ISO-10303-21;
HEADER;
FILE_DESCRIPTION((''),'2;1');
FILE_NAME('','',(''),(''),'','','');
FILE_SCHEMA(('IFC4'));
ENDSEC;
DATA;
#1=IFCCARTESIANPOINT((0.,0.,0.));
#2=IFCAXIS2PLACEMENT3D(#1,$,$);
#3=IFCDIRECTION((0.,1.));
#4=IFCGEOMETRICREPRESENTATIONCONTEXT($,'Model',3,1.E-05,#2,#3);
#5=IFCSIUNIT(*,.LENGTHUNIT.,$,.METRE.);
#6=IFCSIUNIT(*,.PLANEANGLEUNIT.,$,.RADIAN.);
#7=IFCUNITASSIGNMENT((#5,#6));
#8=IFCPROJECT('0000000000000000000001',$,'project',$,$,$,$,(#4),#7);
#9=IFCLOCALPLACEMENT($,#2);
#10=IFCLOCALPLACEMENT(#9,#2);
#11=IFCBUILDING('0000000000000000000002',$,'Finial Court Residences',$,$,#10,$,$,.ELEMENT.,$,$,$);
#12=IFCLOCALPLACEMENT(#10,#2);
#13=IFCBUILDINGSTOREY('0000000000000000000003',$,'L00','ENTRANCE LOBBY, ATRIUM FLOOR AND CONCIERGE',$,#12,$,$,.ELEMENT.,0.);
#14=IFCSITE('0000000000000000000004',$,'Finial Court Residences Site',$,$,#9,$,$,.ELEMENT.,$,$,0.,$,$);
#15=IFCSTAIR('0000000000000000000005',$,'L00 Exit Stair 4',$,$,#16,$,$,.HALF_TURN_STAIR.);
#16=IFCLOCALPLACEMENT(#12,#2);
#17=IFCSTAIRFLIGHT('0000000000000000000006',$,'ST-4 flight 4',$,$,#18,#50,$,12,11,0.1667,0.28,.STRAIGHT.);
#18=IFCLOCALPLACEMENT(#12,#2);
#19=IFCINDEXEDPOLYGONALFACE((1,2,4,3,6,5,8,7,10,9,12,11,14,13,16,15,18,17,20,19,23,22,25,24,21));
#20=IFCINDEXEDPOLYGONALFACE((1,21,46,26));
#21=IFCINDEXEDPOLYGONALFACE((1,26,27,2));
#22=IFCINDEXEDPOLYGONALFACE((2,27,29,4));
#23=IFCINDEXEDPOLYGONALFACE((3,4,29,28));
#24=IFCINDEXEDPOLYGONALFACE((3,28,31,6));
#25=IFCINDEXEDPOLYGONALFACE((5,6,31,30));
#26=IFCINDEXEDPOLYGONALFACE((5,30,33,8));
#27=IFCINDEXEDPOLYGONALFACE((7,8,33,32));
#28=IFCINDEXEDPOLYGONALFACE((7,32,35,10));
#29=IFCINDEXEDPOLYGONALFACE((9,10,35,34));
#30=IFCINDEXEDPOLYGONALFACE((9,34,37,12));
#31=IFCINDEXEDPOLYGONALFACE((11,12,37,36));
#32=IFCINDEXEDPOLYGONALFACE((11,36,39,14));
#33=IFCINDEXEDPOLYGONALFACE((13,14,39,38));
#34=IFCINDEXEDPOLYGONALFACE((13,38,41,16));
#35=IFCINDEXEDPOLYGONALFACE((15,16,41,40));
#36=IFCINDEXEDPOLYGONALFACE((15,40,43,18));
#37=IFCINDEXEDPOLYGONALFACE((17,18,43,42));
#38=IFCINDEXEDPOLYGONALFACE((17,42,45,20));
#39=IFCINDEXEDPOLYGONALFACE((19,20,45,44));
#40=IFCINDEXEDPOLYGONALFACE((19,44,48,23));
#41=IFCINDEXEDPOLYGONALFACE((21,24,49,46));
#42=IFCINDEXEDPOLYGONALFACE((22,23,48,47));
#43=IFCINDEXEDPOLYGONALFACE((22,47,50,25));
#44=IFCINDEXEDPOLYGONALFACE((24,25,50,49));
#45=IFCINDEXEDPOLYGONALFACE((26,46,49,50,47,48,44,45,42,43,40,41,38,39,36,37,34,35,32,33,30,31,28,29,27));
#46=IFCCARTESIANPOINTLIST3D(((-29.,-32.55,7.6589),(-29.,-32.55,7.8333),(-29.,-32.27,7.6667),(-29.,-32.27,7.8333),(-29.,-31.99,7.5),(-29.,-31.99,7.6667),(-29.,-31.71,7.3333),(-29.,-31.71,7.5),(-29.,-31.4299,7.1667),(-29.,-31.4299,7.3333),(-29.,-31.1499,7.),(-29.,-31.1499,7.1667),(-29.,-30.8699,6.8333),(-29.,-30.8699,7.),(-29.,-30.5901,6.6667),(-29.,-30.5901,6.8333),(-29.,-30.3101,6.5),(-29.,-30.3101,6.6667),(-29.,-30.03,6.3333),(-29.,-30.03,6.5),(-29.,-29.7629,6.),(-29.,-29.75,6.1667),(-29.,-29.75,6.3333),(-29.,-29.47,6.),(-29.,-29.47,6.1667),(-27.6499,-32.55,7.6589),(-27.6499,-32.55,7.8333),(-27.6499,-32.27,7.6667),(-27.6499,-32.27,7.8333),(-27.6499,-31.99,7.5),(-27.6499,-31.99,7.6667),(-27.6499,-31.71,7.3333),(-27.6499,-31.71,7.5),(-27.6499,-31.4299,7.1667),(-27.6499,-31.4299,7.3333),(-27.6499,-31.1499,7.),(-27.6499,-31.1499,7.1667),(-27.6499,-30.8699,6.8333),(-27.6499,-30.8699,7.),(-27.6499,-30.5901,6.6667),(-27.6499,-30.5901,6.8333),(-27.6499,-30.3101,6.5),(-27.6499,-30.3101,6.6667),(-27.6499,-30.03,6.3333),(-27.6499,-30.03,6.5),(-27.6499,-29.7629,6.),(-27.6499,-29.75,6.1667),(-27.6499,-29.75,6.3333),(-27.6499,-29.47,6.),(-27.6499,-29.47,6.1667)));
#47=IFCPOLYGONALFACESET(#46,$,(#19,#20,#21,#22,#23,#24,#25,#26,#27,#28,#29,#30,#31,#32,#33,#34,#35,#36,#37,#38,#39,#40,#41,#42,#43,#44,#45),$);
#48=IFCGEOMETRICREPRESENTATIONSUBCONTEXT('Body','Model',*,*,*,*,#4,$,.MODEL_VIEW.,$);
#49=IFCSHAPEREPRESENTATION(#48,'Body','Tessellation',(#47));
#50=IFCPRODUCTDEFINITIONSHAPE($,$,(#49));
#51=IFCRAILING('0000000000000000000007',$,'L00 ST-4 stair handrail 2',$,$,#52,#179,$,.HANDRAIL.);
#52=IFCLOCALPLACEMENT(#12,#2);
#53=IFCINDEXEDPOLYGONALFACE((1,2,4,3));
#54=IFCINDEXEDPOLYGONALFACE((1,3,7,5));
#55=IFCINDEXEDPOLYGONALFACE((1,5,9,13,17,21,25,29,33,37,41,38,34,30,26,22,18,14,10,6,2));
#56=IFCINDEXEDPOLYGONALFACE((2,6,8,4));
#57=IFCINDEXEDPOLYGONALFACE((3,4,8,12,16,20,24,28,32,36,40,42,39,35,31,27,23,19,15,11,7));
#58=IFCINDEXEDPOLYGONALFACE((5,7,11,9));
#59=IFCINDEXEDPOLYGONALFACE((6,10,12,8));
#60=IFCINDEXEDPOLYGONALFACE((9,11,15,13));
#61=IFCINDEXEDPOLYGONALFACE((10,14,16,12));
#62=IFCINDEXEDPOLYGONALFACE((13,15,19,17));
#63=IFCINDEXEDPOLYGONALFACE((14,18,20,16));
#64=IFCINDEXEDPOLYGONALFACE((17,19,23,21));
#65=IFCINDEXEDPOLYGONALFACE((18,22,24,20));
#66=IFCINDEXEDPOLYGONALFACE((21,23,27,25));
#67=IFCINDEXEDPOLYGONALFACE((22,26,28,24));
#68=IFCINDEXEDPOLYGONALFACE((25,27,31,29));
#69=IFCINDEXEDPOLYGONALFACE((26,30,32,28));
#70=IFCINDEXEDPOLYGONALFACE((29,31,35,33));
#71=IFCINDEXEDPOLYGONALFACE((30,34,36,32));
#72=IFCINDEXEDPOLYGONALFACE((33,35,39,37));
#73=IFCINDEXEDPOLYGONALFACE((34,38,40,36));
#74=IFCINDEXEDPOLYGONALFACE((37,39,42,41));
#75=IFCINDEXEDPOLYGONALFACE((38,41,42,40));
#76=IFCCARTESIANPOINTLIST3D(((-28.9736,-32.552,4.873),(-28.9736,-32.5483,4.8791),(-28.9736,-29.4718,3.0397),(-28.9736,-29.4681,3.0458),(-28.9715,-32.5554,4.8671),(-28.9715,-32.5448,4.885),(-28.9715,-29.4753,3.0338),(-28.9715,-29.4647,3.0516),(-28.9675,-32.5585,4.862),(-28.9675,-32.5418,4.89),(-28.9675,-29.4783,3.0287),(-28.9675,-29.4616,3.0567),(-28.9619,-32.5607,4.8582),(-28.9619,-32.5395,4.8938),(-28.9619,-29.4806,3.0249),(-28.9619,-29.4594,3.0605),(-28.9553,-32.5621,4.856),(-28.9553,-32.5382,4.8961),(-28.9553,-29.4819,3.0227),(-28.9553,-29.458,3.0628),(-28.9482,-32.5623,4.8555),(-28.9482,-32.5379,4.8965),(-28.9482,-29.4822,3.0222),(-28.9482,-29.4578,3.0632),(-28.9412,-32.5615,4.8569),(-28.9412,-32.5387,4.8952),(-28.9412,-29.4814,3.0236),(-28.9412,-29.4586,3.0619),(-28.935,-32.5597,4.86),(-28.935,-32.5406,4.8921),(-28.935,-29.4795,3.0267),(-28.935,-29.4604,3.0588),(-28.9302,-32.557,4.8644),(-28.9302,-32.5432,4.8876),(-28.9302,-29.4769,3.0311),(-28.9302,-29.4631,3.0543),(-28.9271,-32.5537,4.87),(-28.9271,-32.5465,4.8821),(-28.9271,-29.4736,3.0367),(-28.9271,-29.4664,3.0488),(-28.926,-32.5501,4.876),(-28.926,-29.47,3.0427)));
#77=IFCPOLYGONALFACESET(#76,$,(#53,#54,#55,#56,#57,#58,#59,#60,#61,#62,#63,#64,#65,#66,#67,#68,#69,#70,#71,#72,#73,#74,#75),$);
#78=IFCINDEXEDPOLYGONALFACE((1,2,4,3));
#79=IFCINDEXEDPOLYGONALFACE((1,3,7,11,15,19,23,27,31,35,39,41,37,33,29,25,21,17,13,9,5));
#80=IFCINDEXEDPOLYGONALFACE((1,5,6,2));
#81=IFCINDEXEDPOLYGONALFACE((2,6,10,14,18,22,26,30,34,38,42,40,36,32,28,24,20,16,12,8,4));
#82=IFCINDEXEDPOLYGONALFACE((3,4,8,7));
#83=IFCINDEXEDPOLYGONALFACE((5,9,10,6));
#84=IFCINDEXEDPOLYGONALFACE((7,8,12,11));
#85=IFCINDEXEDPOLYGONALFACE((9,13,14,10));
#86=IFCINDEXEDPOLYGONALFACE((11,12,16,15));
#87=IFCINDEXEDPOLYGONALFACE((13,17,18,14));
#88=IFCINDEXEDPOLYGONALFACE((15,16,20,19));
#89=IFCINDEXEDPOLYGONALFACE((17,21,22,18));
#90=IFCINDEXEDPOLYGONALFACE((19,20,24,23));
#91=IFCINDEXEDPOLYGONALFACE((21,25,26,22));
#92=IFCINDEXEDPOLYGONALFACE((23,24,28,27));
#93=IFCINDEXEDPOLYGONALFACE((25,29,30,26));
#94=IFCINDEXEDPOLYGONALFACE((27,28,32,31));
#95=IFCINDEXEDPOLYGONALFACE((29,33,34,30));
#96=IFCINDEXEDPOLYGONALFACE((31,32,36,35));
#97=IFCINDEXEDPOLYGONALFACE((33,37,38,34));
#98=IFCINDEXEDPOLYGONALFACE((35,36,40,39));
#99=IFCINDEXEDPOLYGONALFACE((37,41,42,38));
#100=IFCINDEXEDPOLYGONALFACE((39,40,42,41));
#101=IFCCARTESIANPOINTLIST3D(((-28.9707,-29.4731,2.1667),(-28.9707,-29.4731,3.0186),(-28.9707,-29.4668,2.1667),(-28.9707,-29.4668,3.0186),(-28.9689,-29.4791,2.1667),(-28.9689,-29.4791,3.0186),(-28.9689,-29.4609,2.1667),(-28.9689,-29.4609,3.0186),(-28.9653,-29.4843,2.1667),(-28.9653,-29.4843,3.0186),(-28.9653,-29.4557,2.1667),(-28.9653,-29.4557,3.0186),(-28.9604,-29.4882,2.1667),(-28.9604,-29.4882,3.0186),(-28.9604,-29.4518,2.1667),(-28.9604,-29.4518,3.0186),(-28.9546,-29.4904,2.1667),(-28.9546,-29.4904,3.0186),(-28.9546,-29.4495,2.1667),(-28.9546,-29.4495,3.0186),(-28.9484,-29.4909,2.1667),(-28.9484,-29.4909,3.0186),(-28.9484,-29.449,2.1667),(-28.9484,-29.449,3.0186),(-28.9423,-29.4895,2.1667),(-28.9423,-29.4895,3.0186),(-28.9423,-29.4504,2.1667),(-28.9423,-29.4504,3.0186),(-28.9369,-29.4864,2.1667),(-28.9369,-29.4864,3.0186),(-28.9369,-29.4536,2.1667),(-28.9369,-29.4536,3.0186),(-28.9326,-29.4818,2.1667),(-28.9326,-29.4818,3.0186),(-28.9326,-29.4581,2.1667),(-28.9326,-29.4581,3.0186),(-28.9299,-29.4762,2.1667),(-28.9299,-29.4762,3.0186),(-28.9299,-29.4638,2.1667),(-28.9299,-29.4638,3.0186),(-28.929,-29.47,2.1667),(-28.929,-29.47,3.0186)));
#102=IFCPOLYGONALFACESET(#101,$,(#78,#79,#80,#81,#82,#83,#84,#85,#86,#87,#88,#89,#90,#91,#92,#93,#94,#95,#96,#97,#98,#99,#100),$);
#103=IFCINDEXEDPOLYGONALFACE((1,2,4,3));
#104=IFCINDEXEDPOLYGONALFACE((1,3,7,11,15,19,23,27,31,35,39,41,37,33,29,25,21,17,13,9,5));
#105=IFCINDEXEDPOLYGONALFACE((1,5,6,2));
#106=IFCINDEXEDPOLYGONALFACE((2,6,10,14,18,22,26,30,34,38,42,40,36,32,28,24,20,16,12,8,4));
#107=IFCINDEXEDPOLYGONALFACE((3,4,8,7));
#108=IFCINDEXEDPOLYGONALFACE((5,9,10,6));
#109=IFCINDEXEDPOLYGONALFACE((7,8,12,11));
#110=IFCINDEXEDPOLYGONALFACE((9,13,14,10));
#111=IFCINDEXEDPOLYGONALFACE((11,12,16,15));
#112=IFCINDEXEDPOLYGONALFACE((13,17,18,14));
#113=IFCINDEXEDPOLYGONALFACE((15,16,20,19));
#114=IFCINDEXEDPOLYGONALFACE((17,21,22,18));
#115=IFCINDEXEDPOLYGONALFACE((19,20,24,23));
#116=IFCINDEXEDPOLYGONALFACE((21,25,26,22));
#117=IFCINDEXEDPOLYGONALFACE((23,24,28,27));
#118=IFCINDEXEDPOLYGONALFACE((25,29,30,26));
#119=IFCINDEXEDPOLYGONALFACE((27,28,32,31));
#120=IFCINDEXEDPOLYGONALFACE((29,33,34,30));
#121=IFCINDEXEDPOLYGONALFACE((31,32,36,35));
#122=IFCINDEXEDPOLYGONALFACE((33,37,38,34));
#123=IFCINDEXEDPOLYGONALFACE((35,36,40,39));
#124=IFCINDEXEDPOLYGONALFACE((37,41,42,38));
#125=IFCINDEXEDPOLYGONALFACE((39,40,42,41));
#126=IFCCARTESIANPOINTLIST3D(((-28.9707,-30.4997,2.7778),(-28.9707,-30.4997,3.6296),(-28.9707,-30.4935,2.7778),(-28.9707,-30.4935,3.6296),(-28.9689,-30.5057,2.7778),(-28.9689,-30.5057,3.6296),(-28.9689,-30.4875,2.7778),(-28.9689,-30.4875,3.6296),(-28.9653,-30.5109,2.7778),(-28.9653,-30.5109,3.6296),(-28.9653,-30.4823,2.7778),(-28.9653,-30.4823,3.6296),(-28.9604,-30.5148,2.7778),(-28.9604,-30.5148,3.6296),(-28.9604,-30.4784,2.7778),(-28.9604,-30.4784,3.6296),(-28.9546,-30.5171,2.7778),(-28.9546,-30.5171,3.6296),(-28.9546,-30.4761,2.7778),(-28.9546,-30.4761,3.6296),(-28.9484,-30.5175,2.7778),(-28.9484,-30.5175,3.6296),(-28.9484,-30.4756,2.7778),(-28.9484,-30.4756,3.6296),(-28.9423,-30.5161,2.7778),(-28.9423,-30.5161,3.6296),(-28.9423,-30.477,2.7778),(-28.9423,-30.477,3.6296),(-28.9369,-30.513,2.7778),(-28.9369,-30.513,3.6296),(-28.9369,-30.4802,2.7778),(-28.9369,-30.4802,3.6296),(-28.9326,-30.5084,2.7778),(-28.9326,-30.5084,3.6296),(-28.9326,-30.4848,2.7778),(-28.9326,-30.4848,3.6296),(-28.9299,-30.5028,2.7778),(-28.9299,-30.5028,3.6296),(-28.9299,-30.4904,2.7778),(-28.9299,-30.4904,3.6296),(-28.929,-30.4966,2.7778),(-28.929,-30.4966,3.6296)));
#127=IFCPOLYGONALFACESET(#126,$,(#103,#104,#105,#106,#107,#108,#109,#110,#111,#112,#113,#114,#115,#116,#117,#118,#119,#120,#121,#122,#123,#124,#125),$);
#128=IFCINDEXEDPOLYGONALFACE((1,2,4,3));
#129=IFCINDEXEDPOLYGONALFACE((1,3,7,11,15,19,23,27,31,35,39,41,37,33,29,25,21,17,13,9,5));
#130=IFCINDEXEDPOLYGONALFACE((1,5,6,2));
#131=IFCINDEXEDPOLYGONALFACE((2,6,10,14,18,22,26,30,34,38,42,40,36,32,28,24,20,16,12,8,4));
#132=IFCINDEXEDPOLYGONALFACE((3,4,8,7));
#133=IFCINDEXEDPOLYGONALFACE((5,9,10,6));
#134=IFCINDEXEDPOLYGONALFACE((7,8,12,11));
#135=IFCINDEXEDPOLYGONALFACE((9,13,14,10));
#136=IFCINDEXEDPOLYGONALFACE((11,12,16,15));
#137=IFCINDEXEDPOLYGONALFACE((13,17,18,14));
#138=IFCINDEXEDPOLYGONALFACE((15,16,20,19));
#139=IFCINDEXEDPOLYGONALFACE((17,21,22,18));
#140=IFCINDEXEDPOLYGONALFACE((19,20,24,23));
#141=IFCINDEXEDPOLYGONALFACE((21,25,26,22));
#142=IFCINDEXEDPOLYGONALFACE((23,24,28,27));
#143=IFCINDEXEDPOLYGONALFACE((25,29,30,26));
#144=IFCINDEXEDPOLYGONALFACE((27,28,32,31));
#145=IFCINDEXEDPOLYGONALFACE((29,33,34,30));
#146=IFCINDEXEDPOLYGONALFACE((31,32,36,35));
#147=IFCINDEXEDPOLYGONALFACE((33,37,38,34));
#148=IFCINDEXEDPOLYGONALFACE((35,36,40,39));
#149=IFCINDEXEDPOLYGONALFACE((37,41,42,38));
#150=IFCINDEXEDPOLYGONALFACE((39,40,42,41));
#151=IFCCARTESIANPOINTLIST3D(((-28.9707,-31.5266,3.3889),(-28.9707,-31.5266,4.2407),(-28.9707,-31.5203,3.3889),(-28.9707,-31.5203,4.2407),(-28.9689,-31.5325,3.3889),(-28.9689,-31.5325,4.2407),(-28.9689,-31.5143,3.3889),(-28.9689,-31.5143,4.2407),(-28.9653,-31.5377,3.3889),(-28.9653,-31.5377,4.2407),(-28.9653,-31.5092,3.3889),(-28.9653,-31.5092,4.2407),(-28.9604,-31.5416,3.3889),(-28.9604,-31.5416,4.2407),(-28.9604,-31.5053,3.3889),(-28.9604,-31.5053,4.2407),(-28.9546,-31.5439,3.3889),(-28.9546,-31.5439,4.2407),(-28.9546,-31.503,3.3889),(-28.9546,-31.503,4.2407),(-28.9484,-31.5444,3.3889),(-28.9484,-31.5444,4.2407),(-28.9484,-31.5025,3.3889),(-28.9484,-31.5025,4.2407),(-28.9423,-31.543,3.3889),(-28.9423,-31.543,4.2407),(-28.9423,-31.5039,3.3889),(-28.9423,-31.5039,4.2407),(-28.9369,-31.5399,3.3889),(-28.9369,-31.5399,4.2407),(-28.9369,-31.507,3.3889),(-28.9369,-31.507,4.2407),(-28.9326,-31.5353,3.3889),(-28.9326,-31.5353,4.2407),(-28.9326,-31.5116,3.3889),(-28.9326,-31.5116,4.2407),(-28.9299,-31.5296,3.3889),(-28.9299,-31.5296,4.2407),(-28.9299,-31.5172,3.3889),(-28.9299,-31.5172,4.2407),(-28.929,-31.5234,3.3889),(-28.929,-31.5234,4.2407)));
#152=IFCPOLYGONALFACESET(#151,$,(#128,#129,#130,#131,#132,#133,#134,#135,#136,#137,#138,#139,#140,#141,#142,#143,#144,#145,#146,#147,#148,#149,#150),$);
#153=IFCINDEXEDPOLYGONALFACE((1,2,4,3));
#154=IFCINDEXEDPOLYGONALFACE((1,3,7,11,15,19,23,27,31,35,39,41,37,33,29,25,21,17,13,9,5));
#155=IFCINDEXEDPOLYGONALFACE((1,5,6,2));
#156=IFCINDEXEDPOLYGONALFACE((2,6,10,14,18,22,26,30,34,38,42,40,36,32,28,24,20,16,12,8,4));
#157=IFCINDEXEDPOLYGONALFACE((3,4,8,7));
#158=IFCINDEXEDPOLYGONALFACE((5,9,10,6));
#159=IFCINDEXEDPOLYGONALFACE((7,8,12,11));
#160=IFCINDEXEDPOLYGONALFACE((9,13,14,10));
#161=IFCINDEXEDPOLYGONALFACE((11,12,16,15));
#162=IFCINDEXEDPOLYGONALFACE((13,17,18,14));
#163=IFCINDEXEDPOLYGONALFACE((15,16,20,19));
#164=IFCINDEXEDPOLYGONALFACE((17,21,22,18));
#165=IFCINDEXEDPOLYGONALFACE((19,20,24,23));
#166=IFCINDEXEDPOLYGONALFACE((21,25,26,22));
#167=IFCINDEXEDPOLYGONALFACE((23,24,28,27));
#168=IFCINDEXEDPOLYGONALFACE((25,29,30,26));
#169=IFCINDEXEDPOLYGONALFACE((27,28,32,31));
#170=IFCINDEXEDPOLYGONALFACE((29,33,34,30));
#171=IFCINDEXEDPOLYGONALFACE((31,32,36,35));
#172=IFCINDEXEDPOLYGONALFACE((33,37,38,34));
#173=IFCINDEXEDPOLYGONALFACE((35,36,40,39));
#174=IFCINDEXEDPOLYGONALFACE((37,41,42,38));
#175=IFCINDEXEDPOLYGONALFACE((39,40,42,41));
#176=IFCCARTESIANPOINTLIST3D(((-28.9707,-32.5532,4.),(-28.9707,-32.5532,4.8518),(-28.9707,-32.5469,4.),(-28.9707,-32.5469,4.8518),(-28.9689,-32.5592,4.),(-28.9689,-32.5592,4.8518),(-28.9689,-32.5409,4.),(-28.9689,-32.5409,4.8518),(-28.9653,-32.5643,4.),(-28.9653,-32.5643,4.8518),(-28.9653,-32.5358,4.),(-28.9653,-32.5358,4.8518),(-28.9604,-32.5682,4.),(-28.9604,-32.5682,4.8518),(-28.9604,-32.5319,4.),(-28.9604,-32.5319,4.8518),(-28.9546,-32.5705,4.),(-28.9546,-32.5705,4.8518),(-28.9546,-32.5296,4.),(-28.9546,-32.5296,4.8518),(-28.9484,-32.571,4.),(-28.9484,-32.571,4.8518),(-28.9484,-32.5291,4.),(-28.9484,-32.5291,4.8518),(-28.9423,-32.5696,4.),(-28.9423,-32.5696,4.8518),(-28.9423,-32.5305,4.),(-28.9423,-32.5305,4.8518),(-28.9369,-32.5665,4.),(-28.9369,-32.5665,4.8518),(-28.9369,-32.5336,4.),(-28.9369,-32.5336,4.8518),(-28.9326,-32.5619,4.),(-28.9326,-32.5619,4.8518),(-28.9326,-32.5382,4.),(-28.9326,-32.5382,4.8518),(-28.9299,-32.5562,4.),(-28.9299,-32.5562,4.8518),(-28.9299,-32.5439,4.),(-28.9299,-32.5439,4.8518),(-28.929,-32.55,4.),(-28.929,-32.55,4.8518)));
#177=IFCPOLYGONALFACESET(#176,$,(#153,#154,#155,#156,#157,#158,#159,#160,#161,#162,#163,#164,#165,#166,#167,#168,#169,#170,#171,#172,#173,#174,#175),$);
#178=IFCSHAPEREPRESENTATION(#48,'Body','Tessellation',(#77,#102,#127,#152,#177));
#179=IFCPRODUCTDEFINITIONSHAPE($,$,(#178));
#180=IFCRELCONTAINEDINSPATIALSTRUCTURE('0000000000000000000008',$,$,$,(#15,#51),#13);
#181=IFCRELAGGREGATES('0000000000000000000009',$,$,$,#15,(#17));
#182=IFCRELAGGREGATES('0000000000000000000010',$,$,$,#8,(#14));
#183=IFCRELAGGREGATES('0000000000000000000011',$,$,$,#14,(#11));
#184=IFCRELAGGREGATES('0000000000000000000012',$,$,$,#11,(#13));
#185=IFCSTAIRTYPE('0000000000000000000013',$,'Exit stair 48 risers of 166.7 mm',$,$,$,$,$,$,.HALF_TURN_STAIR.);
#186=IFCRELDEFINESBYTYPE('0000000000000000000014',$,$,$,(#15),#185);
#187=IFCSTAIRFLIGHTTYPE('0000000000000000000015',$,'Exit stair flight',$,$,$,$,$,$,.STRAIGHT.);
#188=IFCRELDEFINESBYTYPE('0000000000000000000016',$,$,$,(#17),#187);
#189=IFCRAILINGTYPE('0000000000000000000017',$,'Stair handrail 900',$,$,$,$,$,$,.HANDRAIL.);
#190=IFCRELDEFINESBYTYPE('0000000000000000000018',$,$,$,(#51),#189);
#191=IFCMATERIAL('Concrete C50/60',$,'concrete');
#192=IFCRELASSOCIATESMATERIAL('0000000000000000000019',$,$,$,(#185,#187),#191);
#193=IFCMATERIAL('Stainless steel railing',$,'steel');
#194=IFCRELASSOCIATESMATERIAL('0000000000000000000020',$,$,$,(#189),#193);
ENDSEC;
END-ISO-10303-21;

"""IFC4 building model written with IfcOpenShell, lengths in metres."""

from ifc_helpers import new_model, si_unit, direction, frame, origin, origin_2d, place, context, subcontext, project, spatial, polyline, circle, outline, extrude, material, type_object, element, aggregate, save


model = new_model("IFC4")

# Units and contexts
model_context = context("Model", 3, precision=1e-05, world=origin(), true_north=direction((0.0, 1.0)))
body_context = subcontext(model_context, "Body", "Model", "MODEL_VIEW")
ifc_project = project(units=[si_unit("LENGTHUNIT", "METRE"), si_unit("PLANEANGLEUNIT", "RADIAN")], contexts=[model_context])

# Site, building, storey
site_placement = place(None, origin())
site = spatial("IfcSite", under=ifc_project, at=site_placement, Name="Finial Court Residences Site", CompositionType="ELEMENT", RefElevation=0.0)
building_placement = place(site_placement, origin())
building = spatial("IfcBuilding", under=site, at=building_placement, Name="Finial Court Residences", CompositionType="ELEMENT")
storey_placement = place(building_placement, origin())
storey = spatial("IfcBuildingStorey", under=building, at=storey_placement, Name="L00", Description="ENTRANCE LOBBY, ATRIUM FLOOR AND CONCIERGE", CompositionType="ELEMENT", Elevation=0.0)

# Shared definitions
ifc_material_1 = material(Name="Concrete C50/60", Category="concrete")

# Stair, stair flight
stair_type = type_object("IfcStairType", Name="Exit stair 48 risers of 166.7 mm", PredefinedType="HALF_TURN_STAIR", material=ifc_material_1)
stair_placement = place(storey_placement, origin())
stair = element("IfcStair", 1, at=stair_placement, inside=storey, type_object=stair_type, Name="L00 Exit Stair 4", PredefinedType="HALF_TURN_STAIR")
stair_flight_type = type_object("IfcStairFlightType", Name="Exit stair flight", PredefinedType="STRAIGHT", material=ifc_material_1)
stair_flight_1_placement = place(storey_placement, frame((-28.325, -29.47, 6.0), z_axis=(0.0, 0.0, 1.0), x_axis=(0.0, -1.0, 0.0)))
stair_flight_1 = element("IfcStairFlight", 2, at=stair_flight_1_placement, type_object=stair_flight_type, Name="ST-4 flight 4", NumberOfRisers=12, NumberOfTreads=11, PredefinedType="STRAIGHT", RiserHeight=0.1667, TreadLength=0.28, context=body_context, shape_type="SweptSolid", body=[
    extrude(outline(polyline([(0.0, 0.0), (0.0, 0.1667), (0.28, 0.1667), (0.28, 0.3333), (0.5601, 0.3333), (0.5601, 0.5), (0.8401, 0.5), (0.8401, 0.6667), (1.1201, 0.6667), (1.1201, 0.8333), (1.3999, 0.8333), (1.3999, 1.0), (1.6799, 1.0), (1.6799, 1.1667), (1.96, 1.1667), (1.96, 1.3333), (2.24, 1.3333), (2.24, 1.5), (2.52, 1.5), (2.52, 1.6667), (2.8, 1.6667), (2.8, 1.8333), (3.0801, 1.8333), (3.0801, 2.0), (3.0801, 1.6589), (0.293, 0.0), (0.0, 0.0)])), frame((0.0, 0.675, 0.0), z_axis=(0.0, -1.0, 0.0), x_axis=(1.0, 0.0, 0.0)), (0.0, 0.0, 1.0), 1.3501),
])
aggregate(stair, [stair_flight_1])

# Railing
ifc_material_2 = material(Name="Stainless steel railing", Category="steel")
railing_type = type_object("IfcRailingType", Name="Stair handrail 900", PredefinedType="HANDRAIL", material=ifc_material_2)
for number, where, name in (
    (3, (-28.95, -29.47, 2.1667), "L00 ST-4 stair handrail 2"),
):
    element("IfcRailing", number, at=place(storey_placement, frame(where)), inside=storey, type_object=railing_type, Name=name, PredefinedType="HANDRAIL", context=body_context, shape_type="SweptSolid", body=[
        extrude(circle(Radius=0.0239, at=origin_2d()), frame((0.0, 0.0, 0.876), z_axis=(0.0, -0.859309, 0.511458), x_axis=(1.0, 0.0, 0.0)), (0.0, 0.0, 1.0), 3.5845),
        extrude(circle(Radius=0.021, at=origin_2d()), origin(), (0.0, 0.0, 1.0), 0.8518),
        extrude(circle(Radius=0.021, at=origin_2d()), frame((0.0, -1.0266, 0.6111)), (0.0, 0.0, 1.0), 0.8518),
        extrude(circle(Radius=0.021, at=origin_2d()), frame((0.0, -2.0535, 1.2222)), (0.0, 0.0, 1.0), 0.8518),
        extrude(circle(Radius=0.021, at=origin_2d()), frame((0.0, -3.0801, 1.8333)), (0.0, 0.0, 1.0), 0.8518),
    ])

save(model, "model.ifc")
